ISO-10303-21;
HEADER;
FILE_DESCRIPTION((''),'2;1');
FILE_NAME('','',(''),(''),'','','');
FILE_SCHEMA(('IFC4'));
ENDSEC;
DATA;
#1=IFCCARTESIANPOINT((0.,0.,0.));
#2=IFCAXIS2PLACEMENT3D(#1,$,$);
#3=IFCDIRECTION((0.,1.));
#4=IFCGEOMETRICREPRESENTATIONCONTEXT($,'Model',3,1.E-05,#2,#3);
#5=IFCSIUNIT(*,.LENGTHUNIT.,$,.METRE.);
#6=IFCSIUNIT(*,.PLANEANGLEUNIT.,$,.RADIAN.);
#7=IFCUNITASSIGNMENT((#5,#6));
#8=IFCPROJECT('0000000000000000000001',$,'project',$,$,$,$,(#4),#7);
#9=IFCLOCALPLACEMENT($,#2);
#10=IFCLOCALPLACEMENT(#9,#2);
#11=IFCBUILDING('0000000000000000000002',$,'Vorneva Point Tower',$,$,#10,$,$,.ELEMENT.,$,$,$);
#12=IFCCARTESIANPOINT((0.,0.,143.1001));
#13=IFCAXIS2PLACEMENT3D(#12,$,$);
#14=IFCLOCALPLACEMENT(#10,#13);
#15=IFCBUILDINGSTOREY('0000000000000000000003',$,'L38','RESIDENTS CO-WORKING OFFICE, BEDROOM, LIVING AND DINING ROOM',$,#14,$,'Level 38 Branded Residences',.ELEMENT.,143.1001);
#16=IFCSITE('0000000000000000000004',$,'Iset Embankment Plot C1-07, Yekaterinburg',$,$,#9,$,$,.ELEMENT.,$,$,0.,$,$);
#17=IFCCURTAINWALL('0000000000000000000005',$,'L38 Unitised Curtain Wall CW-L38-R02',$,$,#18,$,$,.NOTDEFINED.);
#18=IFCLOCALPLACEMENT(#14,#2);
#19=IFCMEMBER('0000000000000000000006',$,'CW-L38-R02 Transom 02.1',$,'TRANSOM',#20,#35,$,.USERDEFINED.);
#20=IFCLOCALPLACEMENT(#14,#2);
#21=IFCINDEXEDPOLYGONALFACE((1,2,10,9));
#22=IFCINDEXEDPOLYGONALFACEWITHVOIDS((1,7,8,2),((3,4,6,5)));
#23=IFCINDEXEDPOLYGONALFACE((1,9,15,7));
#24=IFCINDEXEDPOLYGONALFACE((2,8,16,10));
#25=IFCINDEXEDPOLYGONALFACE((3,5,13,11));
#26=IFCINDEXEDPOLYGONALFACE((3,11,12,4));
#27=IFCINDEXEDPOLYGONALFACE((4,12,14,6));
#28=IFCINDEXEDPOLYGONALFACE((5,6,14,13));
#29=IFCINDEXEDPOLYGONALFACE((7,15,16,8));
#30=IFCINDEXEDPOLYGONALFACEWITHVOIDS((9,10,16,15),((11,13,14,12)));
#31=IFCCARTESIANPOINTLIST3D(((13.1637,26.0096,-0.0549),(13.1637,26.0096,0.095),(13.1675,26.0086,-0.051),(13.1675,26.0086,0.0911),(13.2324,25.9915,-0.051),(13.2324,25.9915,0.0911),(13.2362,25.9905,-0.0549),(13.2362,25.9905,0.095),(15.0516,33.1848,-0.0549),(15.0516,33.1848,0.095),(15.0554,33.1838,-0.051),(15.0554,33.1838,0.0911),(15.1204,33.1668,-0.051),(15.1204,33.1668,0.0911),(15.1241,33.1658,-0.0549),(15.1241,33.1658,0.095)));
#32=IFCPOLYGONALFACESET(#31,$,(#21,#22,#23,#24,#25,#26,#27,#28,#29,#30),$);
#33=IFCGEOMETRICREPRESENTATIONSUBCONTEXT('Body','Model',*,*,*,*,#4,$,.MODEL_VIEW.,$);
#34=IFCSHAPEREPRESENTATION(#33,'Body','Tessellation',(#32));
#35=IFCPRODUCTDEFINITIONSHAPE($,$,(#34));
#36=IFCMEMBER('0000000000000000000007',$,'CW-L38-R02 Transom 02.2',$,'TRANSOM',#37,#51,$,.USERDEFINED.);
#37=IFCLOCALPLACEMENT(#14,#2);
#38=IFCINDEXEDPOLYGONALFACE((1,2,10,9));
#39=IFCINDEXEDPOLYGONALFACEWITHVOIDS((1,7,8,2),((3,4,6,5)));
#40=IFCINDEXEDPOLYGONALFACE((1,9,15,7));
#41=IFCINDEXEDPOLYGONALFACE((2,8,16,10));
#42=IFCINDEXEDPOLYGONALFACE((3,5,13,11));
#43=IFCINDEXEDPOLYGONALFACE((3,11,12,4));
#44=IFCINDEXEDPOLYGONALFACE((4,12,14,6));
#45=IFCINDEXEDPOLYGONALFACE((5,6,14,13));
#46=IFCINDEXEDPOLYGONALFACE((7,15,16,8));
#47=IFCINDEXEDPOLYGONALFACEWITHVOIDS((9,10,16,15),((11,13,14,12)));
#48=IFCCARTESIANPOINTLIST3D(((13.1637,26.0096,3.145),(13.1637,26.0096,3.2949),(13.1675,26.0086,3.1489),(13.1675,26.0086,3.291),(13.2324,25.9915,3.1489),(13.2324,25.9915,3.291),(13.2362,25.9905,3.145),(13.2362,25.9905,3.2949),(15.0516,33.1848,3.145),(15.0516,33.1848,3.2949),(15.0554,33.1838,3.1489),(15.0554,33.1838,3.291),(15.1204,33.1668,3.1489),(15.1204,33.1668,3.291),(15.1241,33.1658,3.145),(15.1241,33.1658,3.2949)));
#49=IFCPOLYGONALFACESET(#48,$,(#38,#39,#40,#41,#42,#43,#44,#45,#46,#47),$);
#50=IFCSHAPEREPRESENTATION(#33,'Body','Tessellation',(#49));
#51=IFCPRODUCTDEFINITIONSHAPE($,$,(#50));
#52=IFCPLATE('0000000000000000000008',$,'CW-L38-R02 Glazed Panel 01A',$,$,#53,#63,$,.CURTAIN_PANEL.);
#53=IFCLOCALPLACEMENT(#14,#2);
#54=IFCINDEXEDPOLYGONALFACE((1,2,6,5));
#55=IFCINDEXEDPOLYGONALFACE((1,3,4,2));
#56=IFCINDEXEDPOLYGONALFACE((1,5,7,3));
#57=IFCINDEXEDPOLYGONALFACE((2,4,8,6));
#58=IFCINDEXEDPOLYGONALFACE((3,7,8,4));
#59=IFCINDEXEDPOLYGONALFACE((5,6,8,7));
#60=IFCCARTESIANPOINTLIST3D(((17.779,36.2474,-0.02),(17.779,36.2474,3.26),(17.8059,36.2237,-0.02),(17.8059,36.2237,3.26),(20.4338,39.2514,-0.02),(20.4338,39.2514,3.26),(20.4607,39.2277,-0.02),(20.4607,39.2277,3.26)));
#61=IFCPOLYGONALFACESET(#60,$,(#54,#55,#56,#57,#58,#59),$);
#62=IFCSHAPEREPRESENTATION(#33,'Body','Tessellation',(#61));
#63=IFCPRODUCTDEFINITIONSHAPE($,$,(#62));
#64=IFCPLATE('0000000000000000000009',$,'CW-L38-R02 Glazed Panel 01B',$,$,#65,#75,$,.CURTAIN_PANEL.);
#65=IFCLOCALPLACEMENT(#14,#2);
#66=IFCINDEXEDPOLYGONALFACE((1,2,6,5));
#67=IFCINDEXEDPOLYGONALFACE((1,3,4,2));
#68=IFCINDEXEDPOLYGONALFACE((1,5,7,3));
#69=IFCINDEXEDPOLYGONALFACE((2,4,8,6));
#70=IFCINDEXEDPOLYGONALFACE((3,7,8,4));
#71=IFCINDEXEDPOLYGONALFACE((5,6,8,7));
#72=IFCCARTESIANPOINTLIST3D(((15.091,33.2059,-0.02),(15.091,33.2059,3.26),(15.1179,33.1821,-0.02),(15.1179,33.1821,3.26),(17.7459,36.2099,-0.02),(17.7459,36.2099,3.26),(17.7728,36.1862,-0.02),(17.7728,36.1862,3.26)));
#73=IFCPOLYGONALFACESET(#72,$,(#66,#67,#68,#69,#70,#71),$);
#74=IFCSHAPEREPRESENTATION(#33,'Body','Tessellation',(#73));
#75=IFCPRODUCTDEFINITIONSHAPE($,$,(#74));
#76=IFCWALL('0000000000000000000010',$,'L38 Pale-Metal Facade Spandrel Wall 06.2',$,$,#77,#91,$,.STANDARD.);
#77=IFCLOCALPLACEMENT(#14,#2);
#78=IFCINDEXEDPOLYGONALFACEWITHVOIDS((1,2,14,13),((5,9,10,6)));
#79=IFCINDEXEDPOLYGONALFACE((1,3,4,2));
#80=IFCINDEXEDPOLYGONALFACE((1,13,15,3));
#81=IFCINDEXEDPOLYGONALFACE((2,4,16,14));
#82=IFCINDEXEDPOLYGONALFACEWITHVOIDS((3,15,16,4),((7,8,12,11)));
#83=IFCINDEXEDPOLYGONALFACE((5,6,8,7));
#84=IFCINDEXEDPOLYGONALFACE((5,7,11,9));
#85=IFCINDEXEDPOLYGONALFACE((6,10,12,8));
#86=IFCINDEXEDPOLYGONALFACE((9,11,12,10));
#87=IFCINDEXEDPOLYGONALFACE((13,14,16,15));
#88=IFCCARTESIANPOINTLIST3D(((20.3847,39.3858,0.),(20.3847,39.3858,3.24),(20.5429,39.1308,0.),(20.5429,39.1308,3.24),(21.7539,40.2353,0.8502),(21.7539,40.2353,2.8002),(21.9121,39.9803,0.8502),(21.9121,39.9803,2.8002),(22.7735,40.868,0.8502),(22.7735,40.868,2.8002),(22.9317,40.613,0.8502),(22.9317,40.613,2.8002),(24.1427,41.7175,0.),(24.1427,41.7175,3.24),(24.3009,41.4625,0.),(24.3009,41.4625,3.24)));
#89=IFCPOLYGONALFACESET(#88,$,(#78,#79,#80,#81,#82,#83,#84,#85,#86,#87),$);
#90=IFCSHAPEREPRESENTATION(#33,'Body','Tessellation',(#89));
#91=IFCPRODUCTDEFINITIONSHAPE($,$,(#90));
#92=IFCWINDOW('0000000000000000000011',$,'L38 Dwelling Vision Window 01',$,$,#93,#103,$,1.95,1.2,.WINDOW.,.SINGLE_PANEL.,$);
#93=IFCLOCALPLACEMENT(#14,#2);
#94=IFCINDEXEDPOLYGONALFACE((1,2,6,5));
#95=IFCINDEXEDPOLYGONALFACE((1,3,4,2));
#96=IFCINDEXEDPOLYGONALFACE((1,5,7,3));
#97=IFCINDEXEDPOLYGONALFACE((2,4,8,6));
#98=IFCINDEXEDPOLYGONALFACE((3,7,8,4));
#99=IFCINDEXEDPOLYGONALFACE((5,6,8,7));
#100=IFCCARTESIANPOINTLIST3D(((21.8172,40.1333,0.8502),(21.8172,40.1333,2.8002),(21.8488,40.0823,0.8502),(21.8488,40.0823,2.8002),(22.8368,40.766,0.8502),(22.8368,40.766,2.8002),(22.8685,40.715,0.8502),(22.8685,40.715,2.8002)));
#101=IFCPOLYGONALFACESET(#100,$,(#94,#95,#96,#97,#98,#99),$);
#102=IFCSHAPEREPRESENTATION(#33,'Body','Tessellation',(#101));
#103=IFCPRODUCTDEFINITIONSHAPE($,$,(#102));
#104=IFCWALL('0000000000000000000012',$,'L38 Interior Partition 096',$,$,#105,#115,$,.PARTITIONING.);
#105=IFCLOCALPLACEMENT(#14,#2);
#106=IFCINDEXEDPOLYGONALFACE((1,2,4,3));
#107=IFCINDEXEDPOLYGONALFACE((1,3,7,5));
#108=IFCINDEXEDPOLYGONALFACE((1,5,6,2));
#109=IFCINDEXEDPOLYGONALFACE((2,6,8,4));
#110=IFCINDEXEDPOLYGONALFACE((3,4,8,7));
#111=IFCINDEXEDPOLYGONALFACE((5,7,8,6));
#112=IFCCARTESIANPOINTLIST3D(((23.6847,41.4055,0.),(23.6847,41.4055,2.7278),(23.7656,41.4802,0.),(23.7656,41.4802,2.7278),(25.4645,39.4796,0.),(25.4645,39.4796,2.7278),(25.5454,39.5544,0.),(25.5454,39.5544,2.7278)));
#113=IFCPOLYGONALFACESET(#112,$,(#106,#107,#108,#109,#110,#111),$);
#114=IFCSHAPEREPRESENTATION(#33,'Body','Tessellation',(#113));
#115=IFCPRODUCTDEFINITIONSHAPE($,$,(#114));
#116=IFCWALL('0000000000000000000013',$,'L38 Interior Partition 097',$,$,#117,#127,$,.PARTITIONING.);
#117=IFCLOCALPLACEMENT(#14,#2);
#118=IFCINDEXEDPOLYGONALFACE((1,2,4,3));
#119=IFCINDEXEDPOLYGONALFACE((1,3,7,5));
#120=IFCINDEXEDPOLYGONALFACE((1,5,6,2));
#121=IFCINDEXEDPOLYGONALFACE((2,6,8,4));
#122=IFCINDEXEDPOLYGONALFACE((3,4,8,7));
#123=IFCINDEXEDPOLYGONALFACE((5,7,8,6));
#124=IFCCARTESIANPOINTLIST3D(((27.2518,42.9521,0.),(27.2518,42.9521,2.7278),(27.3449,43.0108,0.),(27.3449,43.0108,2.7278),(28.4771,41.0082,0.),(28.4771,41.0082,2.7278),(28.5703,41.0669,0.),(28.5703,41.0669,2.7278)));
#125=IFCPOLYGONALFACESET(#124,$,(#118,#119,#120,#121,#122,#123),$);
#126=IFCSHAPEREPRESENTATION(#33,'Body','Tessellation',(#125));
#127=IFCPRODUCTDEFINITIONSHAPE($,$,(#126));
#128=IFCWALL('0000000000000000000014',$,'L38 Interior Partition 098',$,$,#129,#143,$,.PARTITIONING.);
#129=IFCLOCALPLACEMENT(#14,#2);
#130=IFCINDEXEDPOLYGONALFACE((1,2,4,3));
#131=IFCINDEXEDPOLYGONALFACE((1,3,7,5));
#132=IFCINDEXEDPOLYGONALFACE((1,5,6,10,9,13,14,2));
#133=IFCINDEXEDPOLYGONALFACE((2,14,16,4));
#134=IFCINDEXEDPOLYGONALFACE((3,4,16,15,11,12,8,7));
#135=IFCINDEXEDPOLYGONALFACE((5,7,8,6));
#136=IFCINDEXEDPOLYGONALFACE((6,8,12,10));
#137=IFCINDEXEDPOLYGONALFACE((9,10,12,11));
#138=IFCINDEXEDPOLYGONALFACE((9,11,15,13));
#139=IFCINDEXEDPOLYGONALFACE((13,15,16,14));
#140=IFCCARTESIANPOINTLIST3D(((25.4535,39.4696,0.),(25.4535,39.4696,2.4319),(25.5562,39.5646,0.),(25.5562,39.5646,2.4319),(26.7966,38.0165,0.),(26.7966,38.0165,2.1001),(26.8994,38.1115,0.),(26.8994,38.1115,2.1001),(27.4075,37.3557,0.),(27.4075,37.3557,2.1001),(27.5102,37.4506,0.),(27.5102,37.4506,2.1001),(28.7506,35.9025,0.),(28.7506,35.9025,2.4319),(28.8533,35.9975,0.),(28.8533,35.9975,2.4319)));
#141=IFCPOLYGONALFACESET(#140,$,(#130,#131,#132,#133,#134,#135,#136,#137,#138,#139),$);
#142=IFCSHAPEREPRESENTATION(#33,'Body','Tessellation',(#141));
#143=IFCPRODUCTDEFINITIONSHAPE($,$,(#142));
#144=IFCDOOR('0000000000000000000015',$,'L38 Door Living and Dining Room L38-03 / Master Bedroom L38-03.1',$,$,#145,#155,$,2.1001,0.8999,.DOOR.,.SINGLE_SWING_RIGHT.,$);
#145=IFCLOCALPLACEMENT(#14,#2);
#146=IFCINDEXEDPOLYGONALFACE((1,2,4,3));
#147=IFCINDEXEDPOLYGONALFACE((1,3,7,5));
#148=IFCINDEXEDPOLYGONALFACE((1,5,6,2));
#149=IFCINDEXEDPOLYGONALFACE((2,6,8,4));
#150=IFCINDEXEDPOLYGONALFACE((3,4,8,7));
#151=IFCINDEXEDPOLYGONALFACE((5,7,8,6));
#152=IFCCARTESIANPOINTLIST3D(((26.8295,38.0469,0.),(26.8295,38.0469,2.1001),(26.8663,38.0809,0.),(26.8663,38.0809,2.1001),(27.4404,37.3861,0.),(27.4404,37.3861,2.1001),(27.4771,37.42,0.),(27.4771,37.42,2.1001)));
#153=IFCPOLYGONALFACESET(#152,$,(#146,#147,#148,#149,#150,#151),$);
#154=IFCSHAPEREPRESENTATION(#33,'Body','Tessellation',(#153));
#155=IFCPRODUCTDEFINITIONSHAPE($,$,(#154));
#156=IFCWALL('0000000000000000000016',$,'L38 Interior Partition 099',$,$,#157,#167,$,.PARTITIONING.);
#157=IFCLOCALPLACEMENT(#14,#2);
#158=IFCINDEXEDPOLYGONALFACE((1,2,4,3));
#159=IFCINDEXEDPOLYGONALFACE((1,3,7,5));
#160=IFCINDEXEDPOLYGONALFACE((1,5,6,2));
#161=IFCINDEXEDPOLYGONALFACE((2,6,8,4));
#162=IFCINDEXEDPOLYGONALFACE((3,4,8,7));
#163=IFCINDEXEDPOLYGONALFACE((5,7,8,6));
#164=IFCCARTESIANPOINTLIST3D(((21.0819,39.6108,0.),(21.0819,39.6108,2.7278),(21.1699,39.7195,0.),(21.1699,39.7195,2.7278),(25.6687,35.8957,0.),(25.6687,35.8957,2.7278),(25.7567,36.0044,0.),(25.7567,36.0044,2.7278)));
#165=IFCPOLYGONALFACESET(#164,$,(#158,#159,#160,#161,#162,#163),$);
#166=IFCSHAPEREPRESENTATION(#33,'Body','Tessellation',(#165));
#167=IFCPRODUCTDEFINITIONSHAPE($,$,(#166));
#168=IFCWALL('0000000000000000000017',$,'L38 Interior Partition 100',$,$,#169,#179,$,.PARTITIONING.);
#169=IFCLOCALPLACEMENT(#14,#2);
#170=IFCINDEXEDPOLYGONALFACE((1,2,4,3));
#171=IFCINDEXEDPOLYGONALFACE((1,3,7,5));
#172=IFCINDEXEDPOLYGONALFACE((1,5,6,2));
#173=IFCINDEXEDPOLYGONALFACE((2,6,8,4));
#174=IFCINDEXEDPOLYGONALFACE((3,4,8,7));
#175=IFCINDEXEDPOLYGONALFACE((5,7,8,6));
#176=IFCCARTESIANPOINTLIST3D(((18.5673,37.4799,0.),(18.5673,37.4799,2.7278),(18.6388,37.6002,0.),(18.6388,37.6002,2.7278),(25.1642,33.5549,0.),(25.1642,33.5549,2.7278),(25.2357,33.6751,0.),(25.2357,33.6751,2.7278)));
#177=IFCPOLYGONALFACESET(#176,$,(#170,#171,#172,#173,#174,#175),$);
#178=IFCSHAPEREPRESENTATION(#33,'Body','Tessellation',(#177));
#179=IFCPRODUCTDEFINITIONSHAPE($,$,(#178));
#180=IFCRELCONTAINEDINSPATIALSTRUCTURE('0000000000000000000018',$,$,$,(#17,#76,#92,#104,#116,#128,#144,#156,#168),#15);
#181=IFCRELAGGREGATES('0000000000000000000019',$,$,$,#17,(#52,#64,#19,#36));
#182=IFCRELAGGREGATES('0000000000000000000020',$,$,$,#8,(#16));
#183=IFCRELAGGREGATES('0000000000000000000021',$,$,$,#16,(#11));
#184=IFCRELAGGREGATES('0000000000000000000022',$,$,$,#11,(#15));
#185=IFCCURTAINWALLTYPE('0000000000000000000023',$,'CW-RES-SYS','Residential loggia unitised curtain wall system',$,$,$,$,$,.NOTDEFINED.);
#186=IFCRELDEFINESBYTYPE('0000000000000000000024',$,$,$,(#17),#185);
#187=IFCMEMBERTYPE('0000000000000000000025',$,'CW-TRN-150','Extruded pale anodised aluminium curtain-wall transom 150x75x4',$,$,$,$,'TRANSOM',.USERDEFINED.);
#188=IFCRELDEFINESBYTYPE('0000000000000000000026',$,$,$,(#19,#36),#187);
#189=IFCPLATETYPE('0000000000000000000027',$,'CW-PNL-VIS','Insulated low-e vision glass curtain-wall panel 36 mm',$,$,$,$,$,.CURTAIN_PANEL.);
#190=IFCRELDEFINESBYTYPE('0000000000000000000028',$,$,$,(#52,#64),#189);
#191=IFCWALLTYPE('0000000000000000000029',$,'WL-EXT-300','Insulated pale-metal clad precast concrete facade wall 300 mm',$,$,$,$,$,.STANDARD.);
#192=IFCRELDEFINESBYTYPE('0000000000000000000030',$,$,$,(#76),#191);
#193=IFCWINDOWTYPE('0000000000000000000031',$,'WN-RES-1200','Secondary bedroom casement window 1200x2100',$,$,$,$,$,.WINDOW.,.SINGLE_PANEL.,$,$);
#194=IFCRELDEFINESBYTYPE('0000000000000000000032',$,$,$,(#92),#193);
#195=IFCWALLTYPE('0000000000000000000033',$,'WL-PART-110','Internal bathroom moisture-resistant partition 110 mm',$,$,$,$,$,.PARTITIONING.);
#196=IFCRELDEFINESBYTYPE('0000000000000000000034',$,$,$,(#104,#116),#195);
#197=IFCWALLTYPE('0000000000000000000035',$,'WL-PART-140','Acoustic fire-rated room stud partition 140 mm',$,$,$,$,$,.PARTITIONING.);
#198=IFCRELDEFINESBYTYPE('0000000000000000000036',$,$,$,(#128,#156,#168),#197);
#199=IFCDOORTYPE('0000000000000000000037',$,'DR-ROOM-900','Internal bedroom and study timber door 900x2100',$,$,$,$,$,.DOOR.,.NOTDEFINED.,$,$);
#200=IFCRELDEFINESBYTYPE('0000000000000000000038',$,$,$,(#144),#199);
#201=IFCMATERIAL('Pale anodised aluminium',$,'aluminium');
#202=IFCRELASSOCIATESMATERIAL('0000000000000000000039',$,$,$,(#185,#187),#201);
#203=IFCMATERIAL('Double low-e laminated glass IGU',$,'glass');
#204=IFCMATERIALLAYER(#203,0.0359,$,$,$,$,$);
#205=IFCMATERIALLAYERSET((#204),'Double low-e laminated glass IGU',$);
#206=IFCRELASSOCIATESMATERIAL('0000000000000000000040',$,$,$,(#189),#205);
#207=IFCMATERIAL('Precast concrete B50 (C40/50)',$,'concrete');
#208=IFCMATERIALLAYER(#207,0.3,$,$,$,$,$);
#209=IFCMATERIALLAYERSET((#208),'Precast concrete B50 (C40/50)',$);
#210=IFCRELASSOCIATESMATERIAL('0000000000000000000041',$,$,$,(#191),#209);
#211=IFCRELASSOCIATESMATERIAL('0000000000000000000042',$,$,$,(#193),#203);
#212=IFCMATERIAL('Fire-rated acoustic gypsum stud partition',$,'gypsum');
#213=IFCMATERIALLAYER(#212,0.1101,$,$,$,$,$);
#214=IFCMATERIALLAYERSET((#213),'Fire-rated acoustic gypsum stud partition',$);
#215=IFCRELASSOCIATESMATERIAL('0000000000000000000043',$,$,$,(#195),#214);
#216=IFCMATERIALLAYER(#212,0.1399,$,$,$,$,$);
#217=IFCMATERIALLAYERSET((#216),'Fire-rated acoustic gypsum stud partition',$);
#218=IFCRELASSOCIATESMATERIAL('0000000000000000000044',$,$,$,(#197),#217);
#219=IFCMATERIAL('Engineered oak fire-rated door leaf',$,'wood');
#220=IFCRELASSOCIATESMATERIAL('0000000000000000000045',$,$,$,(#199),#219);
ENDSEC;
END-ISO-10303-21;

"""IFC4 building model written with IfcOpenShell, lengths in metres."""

from ifc_helpers import new_model, si_unit, direction, frame, frame_2d, origin, origin_2d, place, context, subcontext, project, spatial, rectangle, hollow_rectangle, extrude, material, layer, layer_set, material_profile, profile_set, type_object, element, fill, aggregate, save


model = new_model("IFC4")

# Units and contexts
model_context = context("Model", 3, precision=1e-05, world=origin(), true_north=direction((0.0, 1.0)))
body_context = subcontext(model_context, "Body", "Model", "MODEL_VIEW")
ifc_project = project(units=[si_unit("LENGTHUNIT", "METRE"), si_unit("PLANEANGLEUNIT", "RADIAN")], contexts=[model_context])

# Site, building, storey
site_placement = place(None, origin())
site = spatial("IfcSite", under=ifc_project, at=site_placement, Name="Iset Embankment Plot C1-07, Yekaterinburg", CompositionType="ELEMENT", RefElevation=0.0)
building_placement = place(site_placement, origin())
building = spatial("IfcBuilding", under=site, at=building_placement, Name="Vorneva Point Tower", CompositionType="ELEMENT")
storey_placement = place(building_placement, frame((0.0, 0.0, 143.1001)))
storey = spatial("IfcBuildingStorey", under=building, at=storey_placement, Name="L38", Description="RESIDENTS CO-WORKING OFFICE, BEDROOM, LIVING AND DINING ROOM", LongName="Level 38 Branded Residences", CompositionType="ELEMENT", Elevation=143.1001)

# Curtain wall, members, plates
ifc_material_1 = material(Name="Pale anodised aluminium", Category="aluminium")
curtain_wall_type = type_object("IfcCurtainWallType", Name="CW-RES-SYS", Description="Residential loggia unitised curtain wall system", PredefinedType="NOTDEFINED", material=ifc_material_1)
curtain_wall_placement = place(storey_placement, origin())
curtain_wall = element("IfcCurtainWall", 1, at=curtain_wall_placement, inside=storey, type_object=curtain_wall_type, Name="L38 Unitised Curtain Wall CW-L38-R02", PredefinedType="NOTDEFINED")
ifc_material_profile_1 = material_profile(ifc_material_1, hollow_rectangle(XDim=0.075, YDim=0.1499, WallThickness=0.0039, at=origin_2d()), Name="AL-TRN 150x75x4")
ifc_profile_set_1 = profile_set([ifc_material_profile_1], Name="Pale anodised aluminium")
member_type_1 = type_object("IfcMemberType", Name="CW-TRN-150", Description="Extruded pale anodised aluminium curtain-wall transom 150x75x4", ElementType="TRANSOM", PredefinedType="USERDEFINED", material=ifc_profile_set_1)
member_1_placement = place(storey_placement, frame((15.0879, 33.1753, 0.02), z_axis=(-0.254456, -0.967084, 0.0), x_axis=(0.967084, -0.254456, 0.0)))
member_1 = element("IfcMember", 2, at=member_1_placement, type_object=member_type_1, Name="CW-L38-R02 Transom 02.1", ObjectType="TRANSOM", PredefinedType="USERDEFINED", context=body_context, shape_type="SweptSolid", body=[
    extrude(hollow_rectangle(XDim=0.075, YDim=0.1499, WallThickness=0.0039, at=origin_2d()), origin(), (0.0, 0.0, 1.0), 7.4194),
])
member_2_placement = place(storey_placement, frame((15.0879, 33.1753, 3.22), z_axis=(-0.254456, -0.967084, 0.0), x_axis=(0.967084, -0.254456, 0.0)))
member_2 = element("IfcMember", 3, at=member_2_placement, type_object=member_type_1, Name="CW-L38-R02 Transom 02.2", ObjectType="TRANSOM", PredefinedType="USERDEFINED", context=body_context, shape_type="SweptSolid", body=[
    extrude(hollow_rectangle(XDim=0.075, YDim=0.1499, WallThickness=0.0039, at=origin_2d()), origin(), (0.0, 0.0, 1.0), 7.4194),
])
ifc_material_2 = material(Name="Double low-e laminated glass IGU", Category="glass")
ifc_layer_1 = layer(ifc_material_2, 0.0359)
ifc_layer_set_1 = layer_set([ifc_layer_1], Name="Double low-e laminated glass IGU")
plate_type = type_object("IfcPlateType", Name="CW-PNL-VIS", Description="Insulated low-e vision glass curtain-wall panel 36 mm", PredefinedType="CURTAIN_PANEL", material=ifc_layer_set_1)
plate_1_placement = place(storey_placement, frame((19.1199, 37.7375, -0.02), z_axis=(0.0, 0.0, 1.0), x_axis=(-0.662215, -0.749314, 0.0)))
plate_1 = element("IfcPlate", 4, at=plate_1_placement, type_object=plate_type, Name="CW-L38-R02 Glazed Panel 01A", PredefinedType="CURTAIN_PANEL", context=body_context, shape_type="SweptSolid", body=[
    extrude(rectangle(XDim=4.009, YDim=0.0359, at=origin_2d()), origin(), (0.0, 0.0, 1.0), 3.28),
])
plate_2_placement = place(storey_placement, frame((16.4319, 34.696, -0.02), z_axis=(0.0, 0.0, 1.0), x_axis=(-0.662215, -0.749314, 0.0)))
plate_2 = element("IfcPlate", 5, at=plate_2_placement, type_object=plate_type, Name="CW-L38-R02 Glazed Panel 01B", PredefinedType="CURTAIN_PANEL", context=body_context, shape_type="SweptSolid", body=[
    extrude(rectangle(XDim=4.009, YDim=0.0359, at=origin_2d()), origin(), (0.0, 0.0, 1.0), 3.28),
])
aggregate(curtain_wall, [plate_1, plate_2, member_1, member_2])

# Wall, opening, window
ifc_material_3 = material(Name="Precast concrete B50 (C40/50)", Category="concrete")
ifc_layer_2 = layer(ifc_material_3, 0.3)
ifc_layer_set_2 = layer_set([ifc_layer_2], Name="Precast concrete B50 (C40/50)")
wall_type_1 = type_object("IfcWallType", Name="WL-EXT-300", Description="Insulated pale-metal clad precast concrete facade wall 300 mm", PredefinedType="STANDARD", material=ifc_layer_set_2)
wall_1_placement = place(storey_placement, frame((24.2219, 41.5901, 0.0), z_axis=(0.0, 0.0, 1.0), x_axis=(-0.849721, -0.527232, 0.0)))
wall_1 = element("IfcWall", 6, at=wall_1_placement, inside=storey, type_object=wall_type_1, Name="L38 Pale-Metal Facade Spandrel Wall 06.2", PredefinedType="STANDARD", context=body_context, shape_type="SweptSolid", body=[
    extrude(rectangle(XDim=4.4226, YDim=0.3, at=frame_2d((2.2114, 0.0))), origin(), (0.0, 0.0, 1.0), 3.24),
])
opening_1_placement = place(wall_1_placement, frame((1.6113, 0.0, 0.8501)))
opening_1 = element("IfcOpeningElement", 7, at=opening_1_placement, cuts=wall_1, PredefinedType="OPENING", context=body_context, shape_type="SweptSolid", body=[
    extrude(rectangle(XDim=1.2, YDim=1.95, at=frame_2d((0.6001, 0.9751))), frame((0.0, 0.165, 0.0), z_axis=(0.0, -1.0, 0.0), x_axis=(1.0, 0.0, 0.0)), (0.0, 0.0, 1.0), 0.3298),
])
window_type = type_object("IfcWindowType", Name="WN-RES-1200", Description="Secondary bedroom casement window 1200x2100", PartitioningType="SINGLE_PANEL", PredefinedType="WINDOW", material=ifc_material_2)
window_placement = place(opening_1_placement, origin())
window = element("IfcWindow", 8, at=window_placement, inside=storey, type_object=window_type, Name="L38 Dwelling Vision Window 01", OverallHeight=1.95, OverallWidth=1.2, PartitioningType="SINGLE_PANEL", PredefinedType="WINDOW", context=body_context, shape_type="SweptSolid", body=[
    extrude(rectangle(XDim=1.2, YDim=1.95, at=frame_2d((0.6001, 0.9751))), frame((0.0, 0.03, 0.0), z_axis=(0.0, -1.0, 0.0), x_axis=(1.0, 0.0, 0.0)), (0.0, 0.0, 1.0), 0.0601),
])
fill(opening_1, window)

# Walls
ifc_material_4 = material(Name="Fire-rated acoustic gypsum stud partition", Category="gypsum")
ifc_layer_3 = layer(ifc_material_4, 0.1101)
ifc_layer_set_3 = layer_set([ifc_layer_3], Name="Fire-rated acoustic gypsum stud partition")
wall_type_2 = type_object("IfcWallType", Name="WL-PART-110", Description="Internal bathroom moisture-resistant partition 110 mm", PredefinedType="PARTITIONING", material=ifc_layer_set_3)
wall_2_placement = place(storey_placement, frame((25.5049, 39.5171, 0.0), z_axis=(0.0, 0.0, 1.0), x_axis=(-0.678721, 0.734396, 0.0)))
element("IfcWall", 9, at=wall_2_placement, inside=storey, type_object=wall_type_2, Name="L38 Interior Partition 096", PredefinedType="PARTITIONING", context=body_context, shape_type="SweptSolid", body=[
    extrude(rectangle(XDim=2.6223, YDim=0.1101, at=frame_2d((1.311, 0.0))), origin(), (0.0, 0.0, 1.0), 2.7278),
])
wall_3_placement = place(storey_placement, frame((27.2983, 42.9814, 0.0), z_axis=(0.0, 0.0, 1.0), x_axis=(0.533261, -0.845951, 0.0)))
element("IfcWall", 10, at=wall_3_placement, inside=storey, type_object=wall_type_2, Name="L38 Interior Partition 097", PredefinedType="PARTITIONING", context=body_context, shape_type="SweptSolid", body=[
    extrude(rectangle(XDim=2.2979, YDim=0.1101, at=frame_2d((1.1489, 0.0))), origin(), (0.0, 0.0, 1.0), 2.7278),
])

# Wall, opening, door
ifc_layer_4 = layer(ifc_material_4, 0.1399)
ifc_layer_set_4 = layer_set([ifc_layer_4], Name="Fire-rated acoustic gypsum stud partition")
wall_type_3 = type_object("IfcWallType", Name="WL-PART-140", Description="Acoustic fire-rated room stud partition 140 mm", PredefinedType="PARTITIONING", material=ifc_layer_set_4)
wall_4_placement = place(storey_placement, frame((25.5049, 39.5171, 0.0), z_axis=(0.0, 0.0, 1.0), x_axis=(0.678766, -0.734354, 0.0)))
wall_4 = element("IfcWall", 11, at=wall_4_placement, inside=storey, type_object=wall_type_3, Name="L38 Interior Partition 098", PredefinedType="PARTITIONING", context=body_context, shape_type="SweptSolid", body=[
    extrude(rectangle(XDim=4.8574, YDim=0.1399, at=frame_2d((2.4287, 0.0))), origin(), (0.0, 0.0, 1.0), 2.4319),
])
opening_2_placement = place(wall_4_placement, frame((1.9788, 0.0, 0.0)))
opening_2 = element("IfcOpeningElement", 12, at=opening_2_placement, cuts=wall_4, PredefinedType="OPENING", context=body_context, shape_type="SweptSolid", body=[
    extrude(rectangle(XDim=0.8999, YDim=2.1001, at=frame_2d((0.45, 1.05))), frame((0.0, 0.085, 0.0), z_axis=(0.0, -1.0, 0.0), x_axis=(1.0, 0.0, 0.0)), (0.0, 0.0, 1.0), 0.1697),
])
ifc_material_5 = material(Name="Engineered oak fire-rated door leaf", Category="wood")
door_type_1 = type_object("IfcDoorType", Name="DR-ROOM-900", Description="Internal bedroom and study timber door 900x2100", OperationType="NOTDEFINED", PredefinedType="DOOR", material=ifc_material_5)
door_1_placement = place(opening_2_placement, origin())
door_1 = element("IfcDoor", 13, at=door_1_placement, inside=storey, type_object=door_type_1, Name="L38 Door Living and Dining Room L38-03 / Master Bedroom L38-03.1", OperationType="SINGLE_SWING_RIGHT", OverallHeight=2.1001, OverallWidth=0.8999, PredefinedType="DOOR", context=body_context, shape_type="SweptSolid", body=[
    extrude(rectangle(XDim=0.8999, YDim=2.1001, at=frame_2d((0.45, 1.05))), frame((0.0, 0.0249, 0.0), z_axis=(0.0, -1.0, 0.0), x_axis=(1.0, 0.0, 0.0)), (0.0, 0.0, 1.0), 0.05),
])
fill(opening_2, door_1)

# Walls
wall_5_placement = place(storey_placement, frame((21.126, 39.665, 0.0), z_axis=(0.0, 0.0, 1.0), x_axis=(0.77709, -0.62939, 0.0)))
element("IfcWall", 14, at=wall_5_placement, inside=storey, type_object=wall_type_3, Name="L38 Interior Partition 099", PredefinedType="PARTITIONING", context=body_context, shape_type="SweptSolid", body=[
    extrude(rectangle(XDim=5.9026, YDim=0.1399, at=frame_2d((2.9512, 0.0))), origin(), (0.0, 0.0, 1.0), 2.7278),
])
wall_6_placement = place(storey_placement, frame((18.603, 37.54, 0.0), z_axis=(0.0, 0.0, 1.0), x_axis=(0.85939, -0.511321, 0.0)))
element("IfcWall", 15, at=wall_6_placement, inside=storey, type_object=wall_type_3, Name="L38 Interior Partition 100", PredefinedType="PARTITIONING", context=body_context, shape_type="SweptSolid", body=[
    extrude(rectangle(XDim=7.6763, YDim=0.1399, at=frame_2d((3.8381, 0.0))), origin(), (0.0, 0.0, 1.0), 2.7278),
])

save(model, "model.ifc")
